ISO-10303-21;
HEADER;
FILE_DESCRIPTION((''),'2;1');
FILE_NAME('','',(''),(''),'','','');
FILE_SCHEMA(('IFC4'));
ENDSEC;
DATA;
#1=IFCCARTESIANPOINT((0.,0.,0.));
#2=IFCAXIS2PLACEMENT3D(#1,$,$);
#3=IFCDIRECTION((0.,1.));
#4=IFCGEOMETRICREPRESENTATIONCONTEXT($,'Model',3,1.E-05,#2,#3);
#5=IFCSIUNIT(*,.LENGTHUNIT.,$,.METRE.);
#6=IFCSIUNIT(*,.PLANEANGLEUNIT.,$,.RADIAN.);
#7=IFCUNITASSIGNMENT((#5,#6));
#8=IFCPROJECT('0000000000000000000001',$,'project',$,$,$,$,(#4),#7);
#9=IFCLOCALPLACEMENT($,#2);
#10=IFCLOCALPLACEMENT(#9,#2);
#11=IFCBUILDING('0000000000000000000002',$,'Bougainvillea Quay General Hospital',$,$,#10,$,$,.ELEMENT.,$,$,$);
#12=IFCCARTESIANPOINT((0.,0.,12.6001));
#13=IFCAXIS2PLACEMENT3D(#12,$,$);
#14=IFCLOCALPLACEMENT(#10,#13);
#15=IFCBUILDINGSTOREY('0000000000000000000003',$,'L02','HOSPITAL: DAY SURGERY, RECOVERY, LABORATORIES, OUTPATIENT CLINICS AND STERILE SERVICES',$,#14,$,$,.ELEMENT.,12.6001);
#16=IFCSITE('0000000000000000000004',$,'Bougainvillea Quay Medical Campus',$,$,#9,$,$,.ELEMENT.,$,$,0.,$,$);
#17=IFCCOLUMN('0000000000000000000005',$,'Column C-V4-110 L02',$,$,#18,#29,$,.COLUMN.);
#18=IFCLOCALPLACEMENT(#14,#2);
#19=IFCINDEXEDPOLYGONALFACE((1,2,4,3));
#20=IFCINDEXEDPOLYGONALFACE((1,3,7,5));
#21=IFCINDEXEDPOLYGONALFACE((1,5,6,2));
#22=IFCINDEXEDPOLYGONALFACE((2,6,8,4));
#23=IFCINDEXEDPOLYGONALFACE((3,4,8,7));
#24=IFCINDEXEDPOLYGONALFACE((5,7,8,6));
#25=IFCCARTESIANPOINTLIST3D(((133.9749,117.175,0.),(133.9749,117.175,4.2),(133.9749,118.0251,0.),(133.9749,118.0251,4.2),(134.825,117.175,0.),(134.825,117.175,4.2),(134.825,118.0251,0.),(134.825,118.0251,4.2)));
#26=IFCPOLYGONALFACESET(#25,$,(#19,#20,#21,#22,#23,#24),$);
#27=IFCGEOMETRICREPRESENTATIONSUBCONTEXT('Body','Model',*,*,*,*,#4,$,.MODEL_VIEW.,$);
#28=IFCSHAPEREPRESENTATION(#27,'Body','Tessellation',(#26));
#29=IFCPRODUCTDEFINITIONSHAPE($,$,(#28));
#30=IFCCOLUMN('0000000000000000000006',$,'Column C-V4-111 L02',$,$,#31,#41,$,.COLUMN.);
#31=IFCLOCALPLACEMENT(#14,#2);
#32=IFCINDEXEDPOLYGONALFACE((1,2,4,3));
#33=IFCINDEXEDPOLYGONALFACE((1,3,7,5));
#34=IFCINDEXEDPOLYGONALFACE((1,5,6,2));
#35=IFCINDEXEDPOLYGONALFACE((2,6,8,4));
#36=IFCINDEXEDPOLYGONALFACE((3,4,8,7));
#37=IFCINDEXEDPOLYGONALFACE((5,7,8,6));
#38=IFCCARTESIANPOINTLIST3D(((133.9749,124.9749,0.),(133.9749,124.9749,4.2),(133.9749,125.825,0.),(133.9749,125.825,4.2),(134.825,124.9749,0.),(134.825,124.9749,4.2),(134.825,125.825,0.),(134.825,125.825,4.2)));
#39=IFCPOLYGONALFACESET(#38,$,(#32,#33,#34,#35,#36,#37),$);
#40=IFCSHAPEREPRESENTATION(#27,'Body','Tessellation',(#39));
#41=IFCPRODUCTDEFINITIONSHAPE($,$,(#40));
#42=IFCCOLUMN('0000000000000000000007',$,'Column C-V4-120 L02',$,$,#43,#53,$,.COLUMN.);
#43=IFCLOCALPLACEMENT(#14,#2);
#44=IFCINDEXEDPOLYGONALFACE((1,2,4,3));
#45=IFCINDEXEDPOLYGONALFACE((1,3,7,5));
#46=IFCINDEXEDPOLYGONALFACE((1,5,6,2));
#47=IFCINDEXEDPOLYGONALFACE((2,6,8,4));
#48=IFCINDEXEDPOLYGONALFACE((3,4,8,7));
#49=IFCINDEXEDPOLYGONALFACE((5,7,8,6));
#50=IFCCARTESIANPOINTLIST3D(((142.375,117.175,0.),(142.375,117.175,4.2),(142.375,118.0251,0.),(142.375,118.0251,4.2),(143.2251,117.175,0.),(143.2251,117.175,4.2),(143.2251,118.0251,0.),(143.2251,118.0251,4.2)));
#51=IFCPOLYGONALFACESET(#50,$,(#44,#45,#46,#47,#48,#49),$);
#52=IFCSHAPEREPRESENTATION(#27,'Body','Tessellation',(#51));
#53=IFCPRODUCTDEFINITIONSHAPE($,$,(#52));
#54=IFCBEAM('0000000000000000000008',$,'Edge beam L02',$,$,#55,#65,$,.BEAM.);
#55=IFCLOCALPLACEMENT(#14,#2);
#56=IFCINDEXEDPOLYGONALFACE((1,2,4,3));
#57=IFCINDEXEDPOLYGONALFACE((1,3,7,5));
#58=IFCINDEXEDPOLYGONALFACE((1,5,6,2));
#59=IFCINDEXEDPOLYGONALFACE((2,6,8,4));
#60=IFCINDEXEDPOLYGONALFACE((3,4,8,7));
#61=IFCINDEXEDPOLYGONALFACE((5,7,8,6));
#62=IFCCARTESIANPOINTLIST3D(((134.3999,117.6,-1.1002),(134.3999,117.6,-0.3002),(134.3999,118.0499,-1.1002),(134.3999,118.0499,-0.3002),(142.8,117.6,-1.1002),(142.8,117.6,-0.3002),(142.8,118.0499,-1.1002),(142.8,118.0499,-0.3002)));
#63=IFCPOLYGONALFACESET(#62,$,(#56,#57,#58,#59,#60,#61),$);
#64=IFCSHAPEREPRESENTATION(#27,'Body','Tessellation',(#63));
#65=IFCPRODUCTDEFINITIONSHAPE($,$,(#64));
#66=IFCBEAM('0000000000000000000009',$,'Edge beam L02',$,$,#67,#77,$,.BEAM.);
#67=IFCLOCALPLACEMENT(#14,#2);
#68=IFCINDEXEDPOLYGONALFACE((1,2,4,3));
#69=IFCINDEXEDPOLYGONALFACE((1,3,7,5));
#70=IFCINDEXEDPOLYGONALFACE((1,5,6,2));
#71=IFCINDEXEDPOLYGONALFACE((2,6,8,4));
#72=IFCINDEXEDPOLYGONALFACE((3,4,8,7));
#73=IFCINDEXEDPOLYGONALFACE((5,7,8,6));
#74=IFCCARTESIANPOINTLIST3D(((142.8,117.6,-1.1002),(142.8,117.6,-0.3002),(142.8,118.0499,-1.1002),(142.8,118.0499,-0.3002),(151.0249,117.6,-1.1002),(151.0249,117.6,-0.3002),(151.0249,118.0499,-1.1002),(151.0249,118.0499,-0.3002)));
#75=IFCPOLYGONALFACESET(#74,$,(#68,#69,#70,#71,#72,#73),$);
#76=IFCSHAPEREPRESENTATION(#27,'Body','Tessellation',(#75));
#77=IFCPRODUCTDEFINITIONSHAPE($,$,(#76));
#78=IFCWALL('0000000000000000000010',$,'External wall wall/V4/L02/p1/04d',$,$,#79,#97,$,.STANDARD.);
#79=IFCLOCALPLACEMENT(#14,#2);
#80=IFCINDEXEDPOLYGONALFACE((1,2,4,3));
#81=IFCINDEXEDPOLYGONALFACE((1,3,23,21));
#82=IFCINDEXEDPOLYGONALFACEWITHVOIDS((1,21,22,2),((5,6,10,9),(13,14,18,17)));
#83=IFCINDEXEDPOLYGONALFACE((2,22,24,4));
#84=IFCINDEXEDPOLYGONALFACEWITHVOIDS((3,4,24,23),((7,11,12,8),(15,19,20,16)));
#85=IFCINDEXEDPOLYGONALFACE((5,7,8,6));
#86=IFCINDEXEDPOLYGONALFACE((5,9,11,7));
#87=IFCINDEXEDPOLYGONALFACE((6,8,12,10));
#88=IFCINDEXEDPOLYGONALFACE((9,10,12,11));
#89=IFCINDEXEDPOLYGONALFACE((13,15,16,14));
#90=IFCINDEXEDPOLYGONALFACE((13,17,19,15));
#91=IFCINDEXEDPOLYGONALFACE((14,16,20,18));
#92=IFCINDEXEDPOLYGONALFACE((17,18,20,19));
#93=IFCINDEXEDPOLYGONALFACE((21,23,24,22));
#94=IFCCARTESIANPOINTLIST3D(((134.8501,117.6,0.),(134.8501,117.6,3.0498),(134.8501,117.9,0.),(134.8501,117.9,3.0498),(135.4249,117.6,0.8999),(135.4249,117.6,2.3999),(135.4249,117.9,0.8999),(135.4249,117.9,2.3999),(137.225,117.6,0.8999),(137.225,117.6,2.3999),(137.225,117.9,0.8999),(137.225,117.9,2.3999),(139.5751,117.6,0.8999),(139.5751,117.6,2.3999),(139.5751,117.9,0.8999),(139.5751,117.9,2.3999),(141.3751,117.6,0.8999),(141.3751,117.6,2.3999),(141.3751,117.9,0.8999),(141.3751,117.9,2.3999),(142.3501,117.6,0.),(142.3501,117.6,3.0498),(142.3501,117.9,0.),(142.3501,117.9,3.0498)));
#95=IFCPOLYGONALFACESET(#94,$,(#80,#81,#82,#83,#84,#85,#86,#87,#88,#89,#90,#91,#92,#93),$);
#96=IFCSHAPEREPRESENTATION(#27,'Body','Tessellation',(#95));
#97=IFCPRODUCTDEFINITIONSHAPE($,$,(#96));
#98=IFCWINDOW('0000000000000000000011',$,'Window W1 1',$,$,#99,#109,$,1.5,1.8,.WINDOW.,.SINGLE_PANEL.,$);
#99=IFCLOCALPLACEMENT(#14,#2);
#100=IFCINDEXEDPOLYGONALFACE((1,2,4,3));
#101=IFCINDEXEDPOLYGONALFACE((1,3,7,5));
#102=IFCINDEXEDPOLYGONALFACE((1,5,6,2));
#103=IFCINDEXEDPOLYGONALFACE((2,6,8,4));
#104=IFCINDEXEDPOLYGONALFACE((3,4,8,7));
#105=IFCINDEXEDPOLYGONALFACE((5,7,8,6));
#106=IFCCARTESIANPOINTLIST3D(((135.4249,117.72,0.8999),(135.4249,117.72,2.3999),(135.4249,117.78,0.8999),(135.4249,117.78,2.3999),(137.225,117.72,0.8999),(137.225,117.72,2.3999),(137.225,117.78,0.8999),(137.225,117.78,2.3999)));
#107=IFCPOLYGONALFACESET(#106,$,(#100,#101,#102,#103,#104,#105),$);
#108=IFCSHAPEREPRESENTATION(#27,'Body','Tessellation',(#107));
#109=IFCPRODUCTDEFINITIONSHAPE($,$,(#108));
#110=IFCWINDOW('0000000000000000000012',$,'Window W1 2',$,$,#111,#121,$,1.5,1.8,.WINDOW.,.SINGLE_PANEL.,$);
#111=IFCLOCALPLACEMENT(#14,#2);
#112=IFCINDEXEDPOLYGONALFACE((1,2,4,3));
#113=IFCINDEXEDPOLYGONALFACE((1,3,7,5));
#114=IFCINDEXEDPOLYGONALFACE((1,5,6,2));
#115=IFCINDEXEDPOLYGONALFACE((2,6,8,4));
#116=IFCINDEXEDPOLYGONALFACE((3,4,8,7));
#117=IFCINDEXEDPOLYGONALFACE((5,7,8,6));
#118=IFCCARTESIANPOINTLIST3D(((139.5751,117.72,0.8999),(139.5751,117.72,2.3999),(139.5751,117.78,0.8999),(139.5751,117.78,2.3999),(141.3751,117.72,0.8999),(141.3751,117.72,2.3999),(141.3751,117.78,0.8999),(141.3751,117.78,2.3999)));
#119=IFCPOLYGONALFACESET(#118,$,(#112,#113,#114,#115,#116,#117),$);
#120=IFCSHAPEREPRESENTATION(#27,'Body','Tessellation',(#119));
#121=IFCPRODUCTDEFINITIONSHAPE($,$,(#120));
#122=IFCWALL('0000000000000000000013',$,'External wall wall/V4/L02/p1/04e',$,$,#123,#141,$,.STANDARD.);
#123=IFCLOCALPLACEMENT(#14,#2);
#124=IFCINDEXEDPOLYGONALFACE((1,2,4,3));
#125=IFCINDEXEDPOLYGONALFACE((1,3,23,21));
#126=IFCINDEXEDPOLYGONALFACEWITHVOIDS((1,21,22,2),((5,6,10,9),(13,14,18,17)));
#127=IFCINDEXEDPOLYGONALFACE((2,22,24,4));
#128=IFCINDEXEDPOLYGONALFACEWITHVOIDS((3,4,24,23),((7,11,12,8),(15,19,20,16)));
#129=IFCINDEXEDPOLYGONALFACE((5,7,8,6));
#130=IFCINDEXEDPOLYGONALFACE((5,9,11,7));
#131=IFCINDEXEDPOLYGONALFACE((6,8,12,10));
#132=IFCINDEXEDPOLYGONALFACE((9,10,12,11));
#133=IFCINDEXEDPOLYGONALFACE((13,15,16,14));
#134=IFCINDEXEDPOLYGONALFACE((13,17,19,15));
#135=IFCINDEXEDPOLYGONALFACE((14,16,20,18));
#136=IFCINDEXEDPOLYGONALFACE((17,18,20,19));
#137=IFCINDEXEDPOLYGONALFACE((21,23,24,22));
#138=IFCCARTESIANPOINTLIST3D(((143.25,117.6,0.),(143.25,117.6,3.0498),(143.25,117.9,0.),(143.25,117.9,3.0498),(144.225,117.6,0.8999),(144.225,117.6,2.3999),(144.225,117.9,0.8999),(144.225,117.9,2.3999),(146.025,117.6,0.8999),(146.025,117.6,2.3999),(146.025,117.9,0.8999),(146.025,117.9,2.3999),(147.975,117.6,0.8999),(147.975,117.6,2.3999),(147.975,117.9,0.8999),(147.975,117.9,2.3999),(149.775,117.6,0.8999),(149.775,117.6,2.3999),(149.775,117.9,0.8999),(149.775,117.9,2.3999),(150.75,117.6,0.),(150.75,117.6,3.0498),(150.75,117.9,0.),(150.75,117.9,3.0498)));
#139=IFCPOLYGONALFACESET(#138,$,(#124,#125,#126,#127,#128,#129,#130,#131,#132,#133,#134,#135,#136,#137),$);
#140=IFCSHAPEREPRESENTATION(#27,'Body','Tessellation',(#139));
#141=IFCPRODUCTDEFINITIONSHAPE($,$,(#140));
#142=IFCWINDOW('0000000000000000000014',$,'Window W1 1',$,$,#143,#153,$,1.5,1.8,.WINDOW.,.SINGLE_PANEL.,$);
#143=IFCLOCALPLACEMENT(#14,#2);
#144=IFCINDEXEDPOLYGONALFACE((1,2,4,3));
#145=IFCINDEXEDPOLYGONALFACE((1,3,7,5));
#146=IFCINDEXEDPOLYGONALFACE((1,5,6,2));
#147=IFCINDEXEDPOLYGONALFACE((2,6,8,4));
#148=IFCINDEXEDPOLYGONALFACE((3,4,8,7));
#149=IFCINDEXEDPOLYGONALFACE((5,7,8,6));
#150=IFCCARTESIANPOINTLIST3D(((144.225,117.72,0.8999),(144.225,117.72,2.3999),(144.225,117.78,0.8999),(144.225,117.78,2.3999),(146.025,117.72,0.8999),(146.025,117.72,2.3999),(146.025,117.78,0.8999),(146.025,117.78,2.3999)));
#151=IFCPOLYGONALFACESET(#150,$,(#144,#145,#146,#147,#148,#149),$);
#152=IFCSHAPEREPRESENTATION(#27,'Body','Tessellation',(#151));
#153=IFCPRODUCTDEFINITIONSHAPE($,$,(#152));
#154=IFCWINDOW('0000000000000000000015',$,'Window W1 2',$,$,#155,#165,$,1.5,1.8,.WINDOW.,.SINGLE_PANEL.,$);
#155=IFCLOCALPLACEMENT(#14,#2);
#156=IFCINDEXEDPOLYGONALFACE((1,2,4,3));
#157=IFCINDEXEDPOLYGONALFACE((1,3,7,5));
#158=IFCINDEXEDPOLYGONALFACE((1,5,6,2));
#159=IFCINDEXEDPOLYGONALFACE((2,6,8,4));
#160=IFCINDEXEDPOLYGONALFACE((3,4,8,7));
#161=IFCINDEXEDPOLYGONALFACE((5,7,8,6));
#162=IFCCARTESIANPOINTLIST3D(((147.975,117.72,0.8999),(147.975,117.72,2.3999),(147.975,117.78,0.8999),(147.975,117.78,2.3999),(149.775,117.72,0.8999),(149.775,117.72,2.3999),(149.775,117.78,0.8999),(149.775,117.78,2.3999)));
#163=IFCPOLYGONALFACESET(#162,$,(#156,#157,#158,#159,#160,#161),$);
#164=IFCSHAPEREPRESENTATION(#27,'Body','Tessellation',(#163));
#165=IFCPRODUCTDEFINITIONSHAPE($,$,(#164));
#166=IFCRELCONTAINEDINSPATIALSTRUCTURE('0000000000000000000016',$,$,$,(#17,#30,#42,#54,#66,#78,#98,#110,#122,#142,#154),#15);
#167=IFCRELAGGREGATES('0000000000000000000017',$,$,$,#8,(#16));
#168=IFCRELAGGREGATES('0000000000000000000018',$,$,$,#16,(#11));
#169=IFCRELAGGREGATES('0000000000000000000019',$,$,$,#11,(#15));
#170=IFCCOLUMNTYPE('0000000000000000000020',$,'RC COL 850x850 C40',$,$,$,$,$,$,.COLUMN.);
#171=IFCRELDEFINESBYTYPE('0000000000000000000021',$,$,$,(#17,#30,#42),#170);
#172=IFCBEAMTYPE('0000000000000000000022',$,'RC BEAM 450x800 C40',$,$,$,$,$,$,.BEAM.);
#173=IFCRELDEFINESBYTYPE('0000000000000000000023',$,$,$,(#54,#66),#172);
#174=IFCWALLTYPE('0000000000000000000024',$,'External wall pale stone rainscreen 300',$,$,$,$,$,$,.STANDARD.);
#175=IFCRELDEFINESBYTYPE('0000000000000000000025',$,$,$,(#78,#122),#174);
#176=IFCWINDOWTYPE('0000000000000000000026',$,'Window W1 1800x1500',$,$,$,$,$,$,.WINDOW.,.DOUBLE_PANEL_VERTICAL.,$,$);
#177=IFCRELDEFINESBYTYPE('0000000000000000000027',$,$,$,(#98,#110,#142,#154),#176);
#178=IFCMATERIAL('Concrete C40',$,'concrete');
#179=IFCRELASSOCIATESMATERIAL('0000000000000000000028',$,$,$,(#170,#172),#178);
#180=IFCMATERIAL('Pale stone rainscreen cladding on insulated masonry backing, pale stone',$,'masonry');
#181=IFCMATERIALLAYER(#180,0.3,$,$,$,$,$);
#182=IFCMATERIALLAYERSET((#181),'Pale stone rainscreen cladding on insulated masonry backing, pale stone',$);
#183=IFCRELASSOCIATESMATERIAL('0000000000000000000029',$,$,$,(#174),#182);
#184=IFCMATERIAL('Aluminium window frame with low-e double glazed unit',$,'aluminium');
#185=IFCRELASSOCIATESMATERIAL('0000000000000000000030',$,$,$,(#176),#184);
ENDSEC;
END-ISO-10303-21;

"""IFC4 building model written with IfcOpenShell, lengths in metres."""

from ifc_helpers import new_model, si_unit, direction, frame, frame_2d, origin, origin_2d, place, context, subcontext, project, spatial, rectangle, extrude, material, layer, layer_set, material_profile, profile_set, type_object, element, fill, save


model = new_model("IFC4")

# Units and contexts
model_context = context("Model", 3, precision=1e-05, world=origin(), true_north=direction((0.0, 1.0)))
body_context = subcontext(model_context, "Body", "Model", "MODEL_VIEW")
ifc_project = project(units=[si_unit("LENGTHUNIT", "METRE"), si_unit("PLANEANGLEUNIT", "RADIAN")], contexts=[model_context])

# Site, building, storey
site_placement = place(None, origin())
site = spatial("IfcSite", under=ifc_project, at=site_placement, Name="Bougainvillea Quay Medical Campus", CompositionType="ELEMENT", RefElevation=0.0)
building_placement = place(site_placement, origin())
building = spatial("IfcBuilding", under=site, at=building_placement, Name="Bougainvillea Quay General Hospital", CompositionType="ELEMENT")
storey_placement = place(building_placement, frame((0.0, 0.0, 12.6001)))
storey = spatial("IfcBuildingStorey", under=building, at=storey_placement, Name="L02", Description="HOSPITAL: DAY SURGERY, RECOVERY, LABORATORIES, OUTPATIENT CLINICS AND STERILE SERVICES", CompositionType="ELEMENT", Elevation=12.6001)

# Columns
ifc_material_1 = material(Name="Concrete C40", Category="concrete")
ifc_material_profile_1 = material_profile(ifc_material_1, rectangle(XDim=0.8501, YDim=0.8501, at=origin_2d()))
ifc_profile_set_1 = profile_set([ifc_material_profile_1], Name="Concrete C40")
column_type = type_object("IfcColumnType", Name="RC COL 850x850 C40", PredefinedType="COLUMN", material=ifc_profile_set_1)
for number, where, z_axis, x_axis, name in (
    (1, (134.3999, 117.6001, 0.0), (0.0, 0.0, 1.0), (1.0, 0.0, 0.0), "Column C-V4-110 L02"),
    (2, (134.3999, 125.3999, 0.0), (0.0, 0.0, 1.0), (1.0, 0.0, 0.0), "Column C-V4-111 L02"),
    (3, (142.8, 117.6001, 0.0), (0.0, 0.0, 1.0), (1.0, 0.0, 0.0), "Column C-V4-120 L02"),
):
    element("IfcColumn", number, at=place(storey_placement, frame(where, z_axis=z_axis, x_axis=x_axis)), inside=storey, type_object=column_type, Name=name, PredefinedType="COLUMN", context=body_context, shape_type="SweptSolid", body=[
        extrude(rectangle(XDim=0.8501, YDim=0.8501, at=origin_2d()), origin(), (0.0, 0.0, 1.0), 4.2),
    ])

# Beams
ifc_material_profile_2 = material_profile(ifc_material_1, rectangle(XDim=0.45, YDim=0.8, at=origin_2d()))
ifc_profile_set_2 = profile_set([ifc_material_profile_2], Name="Concrete C40")
beam_type = type_object("IfcBeamType", Name="RC BEAM 450x800 C40", PredefinedType="BEAM", material=ifc_profile_set_2)
beam_1_placement = place(storey_placement, frame((134.3999, 117.825, -0.7002), z_axis=(1.0, 0.0, 0.0), x_axis=(0.0, 1.0, 0.0)))
element("IfcBeam", 4, at=beam_1_placement, inside=storey, type_object=beam_type, Name="Edge beam L02", PredefinedType="BEAM", context=body_context, shape_type="SweptSolid", body=[
    extrude(rectangle(XDim=0.45, YDim=0.8, at=origin_2d()), origin(), (0.0, 0.0, 1.0), 8.4001),
])
beam_2_placement = place(storey_placement, frame((142.8, 117.825, -0.7002), z_axis=(1.0, 0.0, 0.0), x_axis=(0.0, 1.0, 0.0)))
element("IfcBeam", 5, at=beam_2_placement, inside=storey, type_object=beam_type, Name="Edge beam L02", PredefinedType="BEAM", context=body_context, shape_type="SweptSolid", body=[
    extrude(rectangle(XDim=0.45, YDim=0.8, at=origin_2d()), origin(), (0.0, 0.0, 1.0), 8.2249),
])

# Walls, openings, windows
ifc_material_2 = material(Name="Pale stone rainscreen cladding on insulated masonry backing, pale stone", Category="masonry")
ifc_layer_1 = layer(ifc_material_2, 0.3)
ifc_layer_set_1 = layer_set([ifc_layer_1], Name="Pale stone rainscreen cladding on insulated masonry backing, pale stone")
wall_type_1 = type_object("IfcWallType", Name="External wall pale stone rainscreen 300", PredefinedType="STANDARD", material=ifc_layer_set_1)
wall_1_placement = place(storey_placement, frame((134.8501, 117.75, 0.0), z_axis=(0.0, 0.0, 1.0), x_axis=(1.0, 0.0, 0.0)))
wall_1 = element("IfcWall", 6, at=wall_1_placement, inside=storey, type_object=wall_type_1, Name="External wall wall/V4/L02/p1/04d", PredefinedType="STANDARD", context=body_context, shape_type="SweptSolid", body=[
    extrude(rectangle(XDim=7.5, YDim=0.3, at=frame_2d((3.75, 0.0))), origin(), (0.0, 0.0, 1.0), 3.0498),
])
opening_1_placement = place(wall_1_placement, frame((0.575, 0.0, 0.8999)))
opening_1 = element("IfcOpeningElement", 7, at=opening_1_placement, cuts=wall_1, PredefinedType="OPENING", context=body_context, shape_type="SweptSolid", body=[
    extrude(rectangle(XDim=1.8, YDim=1.5, at=frame_2d((0.8999, 0.75))), frame((0.0, 0.1599, 0.0), z_axis=(0.0, -1.0, 0.0), x_axis=(1.0, 0.0, 0.0)), (0.0, 0.0, 1.0), 0.3201),
])
opening_2_placement = place(wall_1_placement, frame((4.7251, 0.0, 0.8999)))
opening_2 = element("IfcOpeningElement", 8, at=opening_2_placement, cuts=wall_1, PredefinedType="OPENING", context=body_context, shape_type="SweptSolid", body=[
    extrude(rectangle(XDim=1.8, YDim=1.5, at=frame_2d((0.8999, 0.75))), frame((0.0, 0.1599, 0.0), z_axis=(0.0, -1.0, 0.0), x_axis=(1.0, 0.0, 0.0)), (0.0, 0.0, 1.0), 0.3201),
])
ifc_material_3 = material(Name="Aluminium window frame with low-e double glazed unit", Category="aluminium")
window_type = type_object("IfcWindowType", Name="Window W1 1800x1500", PartitioningType="DOUBLE_PANEL_VERTICAL", PredefinedType="WINDOW", material=ifc_material_3)
window_1_placement = place(opening_1_placement, origin())
window_1 = element("IfcWindow", 9, at=window_1_placement, inside=storey, type_object=window_type, Name="Window W1 1", OverallHeight=1.5, OverallWidth=1.8, PartitioningType="SINGLE_PANEL", PredefinedType="WINDOW", context=body_context, shape_type="SweptSolid", body=[
    extrude(rectangle(XDim=1.8, YDim=1.5, at=frame_2d((0.8999, 0.75))), frame((0.0, 0.03, 0.0), z_axis=(0.0, -1.0, 0.0), x_axis=(1.0, 0.0, 0.0)), (0.0, 0.0, 1.0), 0.0601),
])
fill(opening_1, window_1)
window_2_placement = place(opening_2_placement, origin())
window_2 = element("IfcWindow", 10, at=window_2_placement, inside=storey, type_object=window_type, Name="Window W1 2", OverallHeight=1.5, OverallWidth=1.8, PartitioningType="SINGLE_PANEL", PredefinedType="WINDOW", context=body_context, shape_type="SweptSolid", body=[
    extrude(rectangle(XDim=1.8, YDim=1.5, at=frame_2d((0.8999, 0.75))), frame((0.0, 0.03, 0.0), z_axis=(0.0, -1.0, 0.0), x_axis=(1.0, 0.0, 0.0)), (0.0, 0.0, 1.0), 0.0601),
])
fill(opening_2, window_2)
wall_2_placement = place(storey_placement, frame((143.25, 117.75, 0.0), z_axis=(0.0, 0.0, 1.0), x_axis=(1.0, 0.0, 0.0)))
wall_2 = element("IfcWall", 11, at=wall_2_placement, inside=storey, type_object=wall_type_1, Name="External wall wall/V4/L02/p1/04e", PredefinedType="STANDARD", context=body_context, shape_type="SweptSolid", body=[
    extrude(rectangle(XDim=7.5, YDim=0.3, at=frame_2d((3.75, 0.0))), origin(), (0.0, 0.0, 1.0), 3.0498),
])
opening_3_placement = place(wall_2_placement, frame((0.9751, 0.0, 0.8999)))
opening_3 = element("IfcOpeningElement", 12, at=opening_3_placement, cuts=wall_2, PredefinedType="OPENING", context=body_context, shape_type="SweptSolid", body=[
    extrude(rectangle(XDim=1.8, YDim=1.5, at=frame_2d((0.8999, 0.75))), frame((0.0, 0.1599, 0.0), z_axis=(0.0, -1.0, 0.0), x_axis=(1.0, 0.0, 0.0)), (0.0, 0.0, 1.0), 0.3201),
])
opening_4_placement = place(wall_2_placement, frame((4.7251, 0.0, 0.8999)))
opening_4 = element("IfcOpeningElement", 13, at=opening_4_placement, cuts=wall_2, PredefinedType="OPENING", context=body_context, shape_type="SweptSolid", body=[
    extrude(rectangle(XDim=1.8, YDim=1.5, at=frame_2d((0.8999, 0.75))), frame((0.0, 0.1599, 0.0), z_axis=(0.0, -1.0, 0.0), x_axis=(1.0, 0.0, 0.0)), (0.0, 0.0, 1.0), 0.3201),
])
window_3_placement = place(opening_3_placement, origin())
window_3 = element("IfcWindow", 14, at=window_3_placement, inside=storey, type_object=window_type, Name="Window W1 1", OverallHeight=1.5, OverallWidth=1.8, PartitioningType="SINGLE_PANEL", PredefinedType="WINDOW", context=body_context, shape_type="SweptSolid", body=[
    extrude(rectangle(XDim=1.8, YDim=1.5, at=frame_2d((0.8999, 0.75))), frame((0.0, 0.03, 0.0), z_axis=(0.0, -1.0, 0.0), x_axis=(1.0, 0.0, 0.0)), (0.0, 0.0, 1.0), 0.0601),
])
fill(opening_3, window_3)
window_4_placement = place(opening_4_placement, origin())
window_4 = element("IfcWindow", 15, at=window_4_placement, inside=storey, type_object=window_type, Name="Window W1 2", OverallHeight=1.5, OverallWidth=1.8, PartitioningType="SINGLE_PANEL", PredefinedType="WINDOW", context=body_context, shape_type="SweptSolid", body=[
    extrude(rectangle(XDim=1.8, YDim=1.5, at=frame_2d((0.8999, 0.75))), frame((0.0, 0.03, 0.0), z_axis=(0.0, -1.0, 0.0), x_axis=(1.0, 0.0, 0.0)), (0.0, 0.0, 1.0), 0.0601),
])
fill(opening_4, window_4)

save(model, "model.ifc")
